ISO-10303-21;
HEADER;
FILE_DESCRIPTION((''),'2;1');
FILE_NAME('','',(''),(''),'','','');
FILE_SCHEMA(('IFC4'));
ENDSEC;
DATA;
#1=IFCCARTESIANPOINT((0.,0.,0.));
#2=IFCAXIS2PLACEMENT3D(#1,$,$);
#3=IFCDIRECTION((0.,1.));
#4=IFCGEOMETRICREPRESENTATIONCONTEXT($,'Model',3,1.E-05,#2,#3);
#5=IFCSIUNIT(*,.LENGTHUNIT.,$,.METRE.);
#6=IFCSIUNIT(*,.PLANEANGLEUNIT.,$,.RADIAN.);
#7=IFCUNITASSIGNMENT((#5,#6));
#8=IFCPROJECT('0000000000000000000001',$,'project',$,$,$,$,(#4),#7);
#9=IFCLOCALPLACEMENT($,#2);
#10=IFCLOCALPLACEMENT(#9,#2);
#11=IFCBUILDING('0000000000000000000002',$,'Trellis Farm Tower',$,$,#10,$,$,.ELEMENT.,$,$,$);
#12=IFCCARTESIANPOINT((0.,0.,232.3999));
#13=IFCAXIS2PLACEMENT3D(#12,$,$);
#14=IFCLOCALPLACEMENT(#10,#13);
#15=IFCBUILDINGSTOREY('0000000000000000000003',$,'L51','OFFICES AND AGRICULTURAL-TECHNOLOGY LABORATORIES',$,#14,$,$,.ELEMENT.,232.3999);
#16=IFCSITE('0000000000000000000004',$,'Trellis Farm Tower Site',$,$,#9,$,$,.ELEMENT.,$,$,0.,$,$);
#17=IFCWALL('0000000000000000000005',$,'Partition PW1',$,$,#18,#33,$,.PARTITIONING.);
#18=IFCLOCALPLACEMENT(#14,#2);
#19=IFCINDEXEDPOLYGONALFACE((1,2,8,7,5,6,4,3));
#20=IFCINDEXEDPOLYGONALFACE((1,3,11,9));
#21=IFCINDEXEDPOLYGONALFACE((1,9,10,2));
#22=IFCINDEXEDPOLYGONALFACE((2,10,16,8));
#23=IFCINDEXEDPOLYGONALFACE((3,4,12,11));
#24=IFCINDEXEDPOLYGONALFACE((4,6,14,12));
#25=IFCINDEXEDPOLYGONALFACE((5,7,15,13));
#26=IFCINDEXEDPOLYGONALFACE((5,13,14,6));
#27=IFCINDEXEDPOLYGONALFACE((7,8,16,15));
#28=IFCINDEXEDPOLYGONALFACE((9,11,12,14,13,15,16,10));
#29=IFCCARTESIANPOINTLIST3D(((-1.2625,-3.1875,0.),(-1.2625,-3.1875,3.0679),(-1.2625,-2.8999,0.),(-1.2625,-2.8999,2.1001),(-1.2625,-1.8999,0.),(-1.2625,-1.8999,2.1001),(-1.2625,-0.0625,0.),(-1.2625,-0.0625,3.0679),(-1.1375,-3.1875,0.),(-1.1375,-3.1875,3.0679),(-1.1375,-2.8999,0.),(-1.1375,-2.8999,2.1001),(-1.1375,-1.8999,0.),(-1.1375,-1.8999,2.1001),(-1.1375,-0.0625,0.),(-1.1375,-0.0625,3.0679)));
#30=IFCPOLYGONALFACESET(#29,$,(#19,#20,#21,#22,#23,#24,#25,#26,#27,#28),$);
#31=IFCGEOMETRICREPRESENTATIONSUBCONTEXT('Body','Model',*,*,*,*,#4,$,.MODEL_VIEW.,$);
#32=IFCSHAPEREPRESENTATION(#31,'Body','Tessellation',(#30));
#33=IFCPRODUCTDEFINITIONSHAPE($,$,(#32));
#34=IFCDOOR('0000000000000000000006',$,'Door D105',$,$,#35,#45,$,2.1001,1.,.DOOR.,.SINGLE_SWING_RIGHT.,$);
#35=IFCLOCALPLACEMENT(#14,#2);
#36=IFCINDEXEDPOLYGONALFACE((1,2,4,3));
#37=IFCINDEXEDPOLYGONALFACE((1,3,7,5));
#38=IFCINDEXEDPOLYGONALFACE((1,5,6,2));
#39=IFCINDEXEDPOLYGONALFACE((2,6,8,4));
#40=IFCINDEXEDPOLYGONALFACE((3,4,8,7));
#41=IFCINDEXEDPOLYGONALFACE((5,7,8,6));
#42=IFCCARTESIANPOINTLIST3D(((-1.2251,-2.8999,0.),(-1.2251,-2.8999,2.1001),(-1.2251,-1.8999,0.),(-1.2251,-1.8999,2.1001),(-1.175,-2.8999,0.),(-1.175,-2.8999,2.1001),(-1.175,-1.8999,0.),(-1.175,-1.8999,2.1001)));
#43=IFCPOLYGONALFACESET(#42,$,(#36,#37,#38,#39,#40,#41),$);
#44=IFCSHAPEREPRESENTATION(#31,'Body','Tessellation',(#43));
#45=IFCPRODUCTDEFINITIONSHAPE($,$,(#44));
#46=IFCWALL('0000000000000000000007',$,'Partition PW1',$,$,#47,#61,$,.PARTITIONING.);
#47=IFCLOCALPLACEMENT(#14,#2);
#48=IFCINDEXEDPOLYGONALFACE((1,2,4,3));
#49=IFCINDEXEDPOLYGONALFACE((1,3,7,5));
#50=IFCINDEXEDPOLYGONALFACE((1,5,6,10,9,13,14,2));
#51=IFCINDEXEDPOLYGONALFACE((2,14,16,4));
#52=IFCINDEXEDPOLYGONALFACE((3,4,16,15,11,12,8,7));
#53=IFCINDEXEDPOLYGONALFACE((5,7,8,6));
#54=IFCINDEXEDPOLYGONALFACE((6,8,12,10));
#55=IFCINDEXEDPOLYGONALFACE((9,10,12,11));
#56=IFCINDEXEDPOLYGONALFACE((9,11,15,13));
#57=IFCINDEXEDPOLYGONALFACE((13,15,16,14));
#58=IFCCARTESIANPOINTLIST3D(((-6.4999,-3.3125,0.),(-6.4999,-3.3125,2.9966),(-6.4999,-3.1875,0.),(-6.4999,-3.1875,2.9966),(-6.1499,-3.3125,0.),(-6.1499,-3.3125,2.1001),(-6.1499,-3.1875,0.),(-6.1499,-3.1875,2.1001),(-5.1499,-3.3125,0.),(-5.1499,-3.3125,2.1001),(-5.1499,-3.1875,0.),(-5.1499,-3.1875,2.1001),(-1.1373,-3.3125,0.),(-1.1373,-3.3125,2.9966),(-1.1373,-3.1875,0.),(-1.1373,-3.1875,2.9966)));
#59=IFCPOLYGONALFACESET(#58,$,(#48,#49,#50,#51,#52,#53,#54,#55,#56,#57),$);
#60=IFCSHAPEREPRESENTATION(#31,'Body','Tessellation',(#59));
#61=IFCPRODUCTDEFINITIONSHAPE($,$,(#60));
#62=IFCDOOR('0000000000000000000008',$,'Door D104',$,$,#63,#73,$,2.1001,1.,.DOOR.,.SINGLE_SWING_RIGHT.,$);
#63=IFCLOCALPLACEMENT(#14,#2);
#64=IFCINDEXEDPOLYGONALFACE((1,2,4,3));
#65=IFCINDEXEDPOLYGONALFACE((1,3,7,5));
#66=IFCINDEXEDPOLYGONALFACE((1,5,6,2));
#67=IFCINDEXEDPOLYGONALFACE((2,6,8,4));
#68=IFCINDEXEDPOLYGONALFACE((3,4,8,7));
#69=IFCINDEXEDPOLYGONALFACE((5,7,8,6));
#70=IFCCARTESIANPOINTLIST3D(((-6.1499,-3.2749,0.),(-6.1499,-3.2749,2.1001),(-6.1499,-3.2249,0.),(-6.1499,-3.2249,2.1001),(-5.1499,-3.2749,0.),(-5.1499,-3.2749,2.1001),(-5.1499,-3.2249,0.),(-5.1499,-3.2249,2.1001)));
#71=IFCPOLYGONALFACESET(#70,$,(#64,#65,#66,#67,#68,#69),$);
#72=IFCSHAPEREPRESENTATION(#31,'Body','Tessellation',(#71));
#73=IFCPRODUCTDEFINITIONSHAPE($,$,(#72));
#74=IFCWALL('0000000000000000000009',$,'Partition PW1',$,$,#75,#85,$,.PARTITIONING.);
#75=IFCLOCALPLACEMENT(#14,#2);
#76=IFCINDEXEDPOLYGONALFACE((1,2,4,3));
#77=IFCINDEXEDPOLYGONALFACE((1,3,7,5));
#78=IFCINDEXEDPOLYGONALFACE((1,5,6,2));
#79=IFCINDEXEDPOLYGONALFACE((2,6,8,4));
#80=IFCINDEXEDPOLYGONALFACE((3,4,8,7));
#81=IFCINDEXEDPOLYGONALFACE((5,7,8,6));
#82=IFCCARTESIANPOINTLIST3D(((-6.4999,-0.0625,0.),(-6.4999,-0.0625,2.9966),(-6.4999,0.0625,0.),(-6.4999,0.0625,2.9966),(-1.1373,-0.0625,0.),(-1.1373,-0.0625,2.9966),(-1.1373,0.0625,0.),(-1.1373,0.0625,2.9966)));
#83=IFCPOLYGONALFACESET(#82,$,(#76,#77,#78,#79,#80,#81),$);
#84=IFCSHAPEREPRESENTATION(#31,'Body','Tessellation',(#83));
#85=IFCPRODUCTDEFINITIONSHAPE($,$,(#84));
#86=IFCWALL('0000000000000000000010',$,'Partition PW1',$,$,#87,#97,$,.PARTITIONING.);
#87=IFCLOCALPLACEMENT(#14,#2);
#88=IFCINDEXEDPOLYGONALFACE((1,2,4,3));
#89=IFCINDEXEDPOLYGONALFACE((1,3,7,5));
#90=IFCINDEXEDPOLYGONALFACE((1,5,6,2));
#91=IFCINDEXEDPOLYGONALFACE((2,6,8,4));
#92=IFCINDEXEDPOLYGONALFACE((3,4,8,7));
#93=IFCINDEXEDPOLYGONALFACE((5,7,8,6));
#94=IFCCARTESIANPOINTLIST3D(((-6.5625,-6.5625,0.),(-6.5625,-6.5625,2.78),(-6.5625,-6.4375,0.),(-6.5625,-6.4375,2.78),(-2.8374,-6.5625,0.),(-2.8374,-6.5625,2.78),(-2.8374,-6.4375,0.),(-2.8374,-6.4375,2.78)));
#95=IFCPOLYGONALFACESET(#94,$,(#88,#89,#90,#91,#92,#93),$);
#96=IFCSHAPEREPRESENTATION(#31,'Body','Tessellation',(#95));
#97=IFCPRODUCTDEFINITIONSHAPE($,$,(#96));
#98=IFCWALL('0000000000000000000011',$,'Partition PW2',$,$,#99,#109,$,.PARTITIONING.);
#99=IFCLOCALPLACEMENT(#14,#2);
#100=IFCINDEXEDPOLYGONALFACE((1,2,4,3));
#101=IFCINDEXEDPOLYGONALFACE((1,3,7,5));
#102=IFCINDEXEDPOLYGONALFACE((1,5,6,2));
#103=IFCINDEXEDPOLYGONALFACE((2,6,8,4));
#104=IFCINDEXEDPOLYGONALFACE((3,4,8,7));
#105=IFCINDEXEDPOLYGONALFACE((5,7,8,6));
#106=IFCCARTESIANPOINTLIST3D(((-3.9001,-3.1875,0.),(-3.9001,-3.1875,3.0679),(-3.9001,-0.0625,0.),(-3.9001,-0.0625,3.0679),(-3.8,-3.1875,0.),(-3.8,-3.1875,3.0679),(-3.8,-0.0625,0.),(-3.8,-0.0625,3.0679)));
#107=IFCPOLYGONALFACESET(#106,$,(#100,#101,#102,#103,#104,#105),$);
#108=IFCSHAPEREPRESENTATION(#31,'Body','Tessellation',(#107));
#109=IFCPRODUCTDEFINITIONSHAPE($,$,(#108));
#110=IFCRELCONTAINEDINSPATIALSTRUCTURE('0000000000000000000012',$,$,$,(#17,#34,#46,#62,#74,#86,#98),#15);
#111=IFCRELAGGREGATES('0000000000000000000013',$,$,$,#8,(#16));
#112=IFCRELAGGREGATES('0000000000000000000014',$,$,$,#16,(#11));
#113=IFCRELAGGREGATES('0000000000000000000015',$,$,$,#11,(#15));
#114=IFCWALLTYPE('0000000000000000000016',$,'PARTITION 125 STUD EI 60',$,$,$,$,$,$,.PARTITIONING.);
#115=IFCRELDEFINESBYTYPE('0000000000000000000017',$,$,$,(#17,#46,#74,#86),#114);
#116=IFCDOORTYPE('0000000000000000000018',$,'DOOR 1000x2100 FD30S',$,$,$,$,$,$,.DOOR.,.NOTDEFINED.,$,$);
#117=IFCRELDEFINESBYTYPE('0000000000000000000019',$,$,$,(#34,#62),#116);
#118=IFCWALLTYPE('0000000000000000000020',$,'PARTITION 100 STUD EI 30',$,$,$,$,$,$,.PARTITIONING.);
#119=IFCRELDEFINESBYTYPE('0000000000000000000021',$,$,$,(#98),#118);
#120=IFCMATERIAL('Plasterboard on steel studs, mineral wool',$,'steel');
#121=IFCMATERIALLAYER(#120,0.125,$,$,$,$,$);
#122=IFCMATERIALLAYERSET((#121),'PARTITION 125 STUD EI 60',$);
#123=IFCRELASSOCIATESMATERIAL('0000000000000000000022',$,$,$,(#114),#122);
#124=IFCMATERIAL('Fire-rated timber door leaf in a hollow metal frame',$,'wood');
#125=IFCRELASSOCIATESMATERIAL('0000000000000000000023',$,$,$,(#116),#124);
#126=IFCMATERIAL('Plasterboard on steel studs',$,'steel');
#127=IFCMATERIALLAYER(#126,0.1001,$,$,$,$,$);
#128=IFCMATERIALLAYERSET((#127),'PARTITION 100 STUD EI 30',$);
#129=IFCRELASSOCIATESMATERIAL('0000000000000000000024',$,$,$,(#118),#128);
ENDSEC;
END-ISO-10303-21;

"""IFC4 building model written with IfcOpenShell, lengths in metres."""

from ifc_helpers import new_model, si_unit, direction, frame, frame_2d, origin, place, context, subcontext, project, spatial, rectangle, extrude, source, transform, mapped, material, layer, layer_set, type_object, element, fill, save


model = new_model("IFC4")

# Units and contexts
model_context = context("Model", 3, precision=1e-05, world=origin(), true_north=direction((0.0, 1.0)))
body_context = subcontext(model_context, "Body", "Model", "MODEL_VIEW")
ifc_project = project(units=[si_unit("LENGTHUNIT", "METRE"), si_unit("PLANEANGLEUNIT", "RADIAN")], contexts=[model_context])

# Site, building, storey
site_placement = place(None, origin())
site = spatial("IfcSite", under=ifc_project, at=site_placement, Name="Trellis Farm Tower Site", CompositionType="ELEMENT", RefElevation=0.0)
building_placement = place(site_placement, origin())
building = spatial("IfcBuilding", under=site, at=building_placement, Name="Trellis Farm Tower", CompositionType="ELEMENT")
storey_placement = place(building_placement, frame((0.0, 0.0, 232.3999)))
storey = spatial("IfcBuildingStorey", under=building, at=storey_placement, Name="L51", Description="OFFICES AND AGRICULTURAL-TECHNOLOGY LABORATORIES", CompositionType="ELEMENT", Elevation=232.3999)

# Walls, openings, doors
ifc_material_1 = material(Name="Plasterboard on steel studs, mineral wool", Category="steel")
ifc_layer_1 = layer(ifc_material_1, 0.125)
ifc_layer_set_1 = layer_set([ifc_layer_1], Name="PARTITION 125 STUD EI 60")
wall_type_1 = type_object("IfcWallType", Name="PARTITION 125 STUD EI 60", PredefinedType="PARTITIONING", material=ifc_layer_set_1)
ifc_material_2 = material(Name="Fire-rated timber door leaf in a hollow metal frame", Category="wood")
shared_shape_1 = source(origin(), body_context, "Body", "SweptSolid", [
    extrude(rectangle(XDim=3.125, YDim=0.125, at=frame_2d((1.5625, 0.0))), origin(), (0.0, 0.0, 1.0), 3.0679),
])
wall_1_placement = place(storey_placement, frame((-1.2, -0.0625, 0.0), z_axis=(0.0, 0.0, 1.0), x_axis=(0.0, -1.0, 0.0)))
wall_1 = element("IfcWall", 1, at=wall_1_placement, inside=storey, type_object=wall_type_1, Name="Partition PW1", PredefinedType="PARTITIONING", context=body_context, shape_type="MappedRepresentation", body=[
    mapped(shared_shape_1, transform((0.0, 0.0, 0.0))),
])
shared_shape_2 = source(origin(), body_context, "Body", "SweptSolid", [
    extrude(rectangle(XDim=1.0, YDim=2.1001, at=frame_2d((0.5, 1.05))), frame((0.0, 0.0725, 0.0), z_axis=(0.0, -1.0, 0.0), x_axis=(1.0, 0.0, 0.0)), (0.0, 0.0, 1.0), 0.145),
])
opening_1_placement = place(wall_1_placement, frame((1.8374, 0.0, 0.0)))
opening_1 = element("IfcOpeningElement", 2, at=opening_1_placement, cuts=wall_1, PredefinedType="OPENING", context=body_context, shape_type="MappedRepresentation", body=[
    mapped(shared_shape_2, transform((0.0, 0.0, 0.0))),
])
door_type_1 = type_object("IfcDoorType", Name="DOOR 1000x2100 FD30S", OperationType="NOTDEFINED", PredefinedType="DOOR", material=ifc_material_2)
shared_shape_3 = source(origin(), body_context, "Body", "SweptSolid", [
    extrude(rectangle(XDim=1.0, YDim=2.1001, at=frame_2d((0.5, 1.05))), frame((0.0, 0.0249, 0.0), z_axis=(0.0, -1.0, 0.0), x_axis=(1.0, 0.0, 0.0)), (0.0, 0.0, 1.0), 0.05),
])
door_1_placement = place(opening_1_placement, origin())
door_1 = element("IfcDoor", 3, at=door_1_placement, inside=storey, type_object=door_type_1, Name="Door D105", OperationType="SINGLE_SWING_RIGHT", OverallHeight=2.1001, OverallWidth=1.0, PredefinedType="DOOR", context=body_context, shape_type="MappedRepresentation", body=[
    mapped(shared_shape_3, transform((0.0, 0.0, 0.0))),
])
fill(opening_1, door_1)
shared_shape_4 = source(origin(), body_context, "Body", "SweptSolid", [
    extrude(rectangle(XDim=5.3625, YDim=0.125, at=frame_2d((2.6812, 0.0))), origin(), (0.0, 0.0, 1.0), 2.9966),
])
wall_2_placement = place(storey_placement, frame((-1.1375, -3.25, 0.0), z_axis=(0.0, 0.0, 1.0), x_axis=(-1.0, 0.0, 0.0)))
wall_2 = element("IfcWall", 4, at=wall_2_placement, inside=storey, type_object=wall_type_1, Name="Partition PW1", PredefinedType="PARTITIONING", context=body_context, shape_type="MappedRepresentation", body=[
    mapped(shared_shape_4, transform((0.0, 0.0, 0.0))),
])
opening_2_placement = place(wall_2_placement, frame((4.0125, 0.0, 0.0)))
opening_2 = element("IfcOpeningElement", 5, at=opening_2_placement, cuts=wall_2, PredefinedType="OPENING", context=body_context, shape_type="MappedRepresentation", body=[
    mapped(shared_shape_2, transform((0.0, 0.0, 0.0))),
])
door_2_placement = place(opening_2_placement, origin())
door_2 = element("IfcDoor", 6, at=door_2_placement, inside=storey, type_object=door_type_1, Name="Door D104", OperationType="SINGLE_SWING_RIGHT", OverallHeight=2.1001, OverallWidth=1.0, PredefinedType="DOOR", context=body_context, shape_type="MappedRepresentation", body=[
    mapped(shared_shape_3, transform((0.0, 0.0, 0.0))),
])
fill(opening_2, door_2)

# Walls
wall_3_placement = place(storey_placement, frame((-1.1375, 0.0, 0.0), z_axis=(0.0, 0.0, 1.0), x_axis=(-1.0, 0.0, 0.0)))
element("IfcWall", 7, at=wall_3_placement, inside=storey, type_object=wall_type_1, Name="Partition PW1", PredefinedType="PARTITIONING", context=body_context, shape_type="MappedRepresentation", body=[
    mapped(shared_shape_4, transform((0.0, 0.0, 0.0))),
])
shared_shape_5 = source(origin(), body_context, "Body", "SweptSolid", [
    extrude(rectangle(XDim=3.7251, YDim=0.125, at=frame_2d((1.8625, 0.0))), origin(), (0.0, 0.0, 1.0), 2.78),
])
wall_4_placement = place(storey_placement, frame((-2.8374, -6.5, 0.0), z_axis=(0.0, 0.0, 1.0), x_axis=(-1.0, 0.0, 0.0)))
element("IfcWall", 8, at=wall_4_placement, inside=storey, type_object=wall_type_1, Name="Partition PW1", PredefinedType="PARTITIONING", context=body_context, shape_type="MappedRepresentation", body=[
    mapped(shared_shape_5, transform((0.0, 0.0, 0.0))),
])
ifc_material_3 = material(Name="Plasterboard on steel studs", Category="steel")
ifc_layer_2 = layer(ifc_material_3, 0.1001)
ifc_layer_set_2 = layer_set([ifc_layer_2], Name="PARTITION 100 STUD EI 30")
wall_type_2 = type_object("IfcWallType", Name="PARTITION 100 STUD EI 30", PredefinedType="PARTITIONING", material=ifc_layer_set_2)
shared_shape_6 = source(origin(), body_context, "Body", "SweptSolid", [
    extrude(rectangle(XDim=3.125, YDim=0.1001, at=frame_2d((1.5625, 0.0))), origin(), (0.0, 0.0, 1.0), 3.0679),
])
wall_5_placement = place(storey_placement, frame((-3.8501, -3.1875, 0.0), z_axis=(0.0, 0.0, 1.0), x_axis=(0.0, 1.0, 0.0)))
element("IfcWall", 9, at=wall_5_placement, inside=storey, type_object=wall_type_2, Name="Partition PW2", PredefinedType="PARTITIONING", context=body_context, shape_type="MappedRepresentation", body=[
    mapped(shared_shape_6, transform((0.0, 0.0, 0.0))),
])

save(model, "model.ifc")
